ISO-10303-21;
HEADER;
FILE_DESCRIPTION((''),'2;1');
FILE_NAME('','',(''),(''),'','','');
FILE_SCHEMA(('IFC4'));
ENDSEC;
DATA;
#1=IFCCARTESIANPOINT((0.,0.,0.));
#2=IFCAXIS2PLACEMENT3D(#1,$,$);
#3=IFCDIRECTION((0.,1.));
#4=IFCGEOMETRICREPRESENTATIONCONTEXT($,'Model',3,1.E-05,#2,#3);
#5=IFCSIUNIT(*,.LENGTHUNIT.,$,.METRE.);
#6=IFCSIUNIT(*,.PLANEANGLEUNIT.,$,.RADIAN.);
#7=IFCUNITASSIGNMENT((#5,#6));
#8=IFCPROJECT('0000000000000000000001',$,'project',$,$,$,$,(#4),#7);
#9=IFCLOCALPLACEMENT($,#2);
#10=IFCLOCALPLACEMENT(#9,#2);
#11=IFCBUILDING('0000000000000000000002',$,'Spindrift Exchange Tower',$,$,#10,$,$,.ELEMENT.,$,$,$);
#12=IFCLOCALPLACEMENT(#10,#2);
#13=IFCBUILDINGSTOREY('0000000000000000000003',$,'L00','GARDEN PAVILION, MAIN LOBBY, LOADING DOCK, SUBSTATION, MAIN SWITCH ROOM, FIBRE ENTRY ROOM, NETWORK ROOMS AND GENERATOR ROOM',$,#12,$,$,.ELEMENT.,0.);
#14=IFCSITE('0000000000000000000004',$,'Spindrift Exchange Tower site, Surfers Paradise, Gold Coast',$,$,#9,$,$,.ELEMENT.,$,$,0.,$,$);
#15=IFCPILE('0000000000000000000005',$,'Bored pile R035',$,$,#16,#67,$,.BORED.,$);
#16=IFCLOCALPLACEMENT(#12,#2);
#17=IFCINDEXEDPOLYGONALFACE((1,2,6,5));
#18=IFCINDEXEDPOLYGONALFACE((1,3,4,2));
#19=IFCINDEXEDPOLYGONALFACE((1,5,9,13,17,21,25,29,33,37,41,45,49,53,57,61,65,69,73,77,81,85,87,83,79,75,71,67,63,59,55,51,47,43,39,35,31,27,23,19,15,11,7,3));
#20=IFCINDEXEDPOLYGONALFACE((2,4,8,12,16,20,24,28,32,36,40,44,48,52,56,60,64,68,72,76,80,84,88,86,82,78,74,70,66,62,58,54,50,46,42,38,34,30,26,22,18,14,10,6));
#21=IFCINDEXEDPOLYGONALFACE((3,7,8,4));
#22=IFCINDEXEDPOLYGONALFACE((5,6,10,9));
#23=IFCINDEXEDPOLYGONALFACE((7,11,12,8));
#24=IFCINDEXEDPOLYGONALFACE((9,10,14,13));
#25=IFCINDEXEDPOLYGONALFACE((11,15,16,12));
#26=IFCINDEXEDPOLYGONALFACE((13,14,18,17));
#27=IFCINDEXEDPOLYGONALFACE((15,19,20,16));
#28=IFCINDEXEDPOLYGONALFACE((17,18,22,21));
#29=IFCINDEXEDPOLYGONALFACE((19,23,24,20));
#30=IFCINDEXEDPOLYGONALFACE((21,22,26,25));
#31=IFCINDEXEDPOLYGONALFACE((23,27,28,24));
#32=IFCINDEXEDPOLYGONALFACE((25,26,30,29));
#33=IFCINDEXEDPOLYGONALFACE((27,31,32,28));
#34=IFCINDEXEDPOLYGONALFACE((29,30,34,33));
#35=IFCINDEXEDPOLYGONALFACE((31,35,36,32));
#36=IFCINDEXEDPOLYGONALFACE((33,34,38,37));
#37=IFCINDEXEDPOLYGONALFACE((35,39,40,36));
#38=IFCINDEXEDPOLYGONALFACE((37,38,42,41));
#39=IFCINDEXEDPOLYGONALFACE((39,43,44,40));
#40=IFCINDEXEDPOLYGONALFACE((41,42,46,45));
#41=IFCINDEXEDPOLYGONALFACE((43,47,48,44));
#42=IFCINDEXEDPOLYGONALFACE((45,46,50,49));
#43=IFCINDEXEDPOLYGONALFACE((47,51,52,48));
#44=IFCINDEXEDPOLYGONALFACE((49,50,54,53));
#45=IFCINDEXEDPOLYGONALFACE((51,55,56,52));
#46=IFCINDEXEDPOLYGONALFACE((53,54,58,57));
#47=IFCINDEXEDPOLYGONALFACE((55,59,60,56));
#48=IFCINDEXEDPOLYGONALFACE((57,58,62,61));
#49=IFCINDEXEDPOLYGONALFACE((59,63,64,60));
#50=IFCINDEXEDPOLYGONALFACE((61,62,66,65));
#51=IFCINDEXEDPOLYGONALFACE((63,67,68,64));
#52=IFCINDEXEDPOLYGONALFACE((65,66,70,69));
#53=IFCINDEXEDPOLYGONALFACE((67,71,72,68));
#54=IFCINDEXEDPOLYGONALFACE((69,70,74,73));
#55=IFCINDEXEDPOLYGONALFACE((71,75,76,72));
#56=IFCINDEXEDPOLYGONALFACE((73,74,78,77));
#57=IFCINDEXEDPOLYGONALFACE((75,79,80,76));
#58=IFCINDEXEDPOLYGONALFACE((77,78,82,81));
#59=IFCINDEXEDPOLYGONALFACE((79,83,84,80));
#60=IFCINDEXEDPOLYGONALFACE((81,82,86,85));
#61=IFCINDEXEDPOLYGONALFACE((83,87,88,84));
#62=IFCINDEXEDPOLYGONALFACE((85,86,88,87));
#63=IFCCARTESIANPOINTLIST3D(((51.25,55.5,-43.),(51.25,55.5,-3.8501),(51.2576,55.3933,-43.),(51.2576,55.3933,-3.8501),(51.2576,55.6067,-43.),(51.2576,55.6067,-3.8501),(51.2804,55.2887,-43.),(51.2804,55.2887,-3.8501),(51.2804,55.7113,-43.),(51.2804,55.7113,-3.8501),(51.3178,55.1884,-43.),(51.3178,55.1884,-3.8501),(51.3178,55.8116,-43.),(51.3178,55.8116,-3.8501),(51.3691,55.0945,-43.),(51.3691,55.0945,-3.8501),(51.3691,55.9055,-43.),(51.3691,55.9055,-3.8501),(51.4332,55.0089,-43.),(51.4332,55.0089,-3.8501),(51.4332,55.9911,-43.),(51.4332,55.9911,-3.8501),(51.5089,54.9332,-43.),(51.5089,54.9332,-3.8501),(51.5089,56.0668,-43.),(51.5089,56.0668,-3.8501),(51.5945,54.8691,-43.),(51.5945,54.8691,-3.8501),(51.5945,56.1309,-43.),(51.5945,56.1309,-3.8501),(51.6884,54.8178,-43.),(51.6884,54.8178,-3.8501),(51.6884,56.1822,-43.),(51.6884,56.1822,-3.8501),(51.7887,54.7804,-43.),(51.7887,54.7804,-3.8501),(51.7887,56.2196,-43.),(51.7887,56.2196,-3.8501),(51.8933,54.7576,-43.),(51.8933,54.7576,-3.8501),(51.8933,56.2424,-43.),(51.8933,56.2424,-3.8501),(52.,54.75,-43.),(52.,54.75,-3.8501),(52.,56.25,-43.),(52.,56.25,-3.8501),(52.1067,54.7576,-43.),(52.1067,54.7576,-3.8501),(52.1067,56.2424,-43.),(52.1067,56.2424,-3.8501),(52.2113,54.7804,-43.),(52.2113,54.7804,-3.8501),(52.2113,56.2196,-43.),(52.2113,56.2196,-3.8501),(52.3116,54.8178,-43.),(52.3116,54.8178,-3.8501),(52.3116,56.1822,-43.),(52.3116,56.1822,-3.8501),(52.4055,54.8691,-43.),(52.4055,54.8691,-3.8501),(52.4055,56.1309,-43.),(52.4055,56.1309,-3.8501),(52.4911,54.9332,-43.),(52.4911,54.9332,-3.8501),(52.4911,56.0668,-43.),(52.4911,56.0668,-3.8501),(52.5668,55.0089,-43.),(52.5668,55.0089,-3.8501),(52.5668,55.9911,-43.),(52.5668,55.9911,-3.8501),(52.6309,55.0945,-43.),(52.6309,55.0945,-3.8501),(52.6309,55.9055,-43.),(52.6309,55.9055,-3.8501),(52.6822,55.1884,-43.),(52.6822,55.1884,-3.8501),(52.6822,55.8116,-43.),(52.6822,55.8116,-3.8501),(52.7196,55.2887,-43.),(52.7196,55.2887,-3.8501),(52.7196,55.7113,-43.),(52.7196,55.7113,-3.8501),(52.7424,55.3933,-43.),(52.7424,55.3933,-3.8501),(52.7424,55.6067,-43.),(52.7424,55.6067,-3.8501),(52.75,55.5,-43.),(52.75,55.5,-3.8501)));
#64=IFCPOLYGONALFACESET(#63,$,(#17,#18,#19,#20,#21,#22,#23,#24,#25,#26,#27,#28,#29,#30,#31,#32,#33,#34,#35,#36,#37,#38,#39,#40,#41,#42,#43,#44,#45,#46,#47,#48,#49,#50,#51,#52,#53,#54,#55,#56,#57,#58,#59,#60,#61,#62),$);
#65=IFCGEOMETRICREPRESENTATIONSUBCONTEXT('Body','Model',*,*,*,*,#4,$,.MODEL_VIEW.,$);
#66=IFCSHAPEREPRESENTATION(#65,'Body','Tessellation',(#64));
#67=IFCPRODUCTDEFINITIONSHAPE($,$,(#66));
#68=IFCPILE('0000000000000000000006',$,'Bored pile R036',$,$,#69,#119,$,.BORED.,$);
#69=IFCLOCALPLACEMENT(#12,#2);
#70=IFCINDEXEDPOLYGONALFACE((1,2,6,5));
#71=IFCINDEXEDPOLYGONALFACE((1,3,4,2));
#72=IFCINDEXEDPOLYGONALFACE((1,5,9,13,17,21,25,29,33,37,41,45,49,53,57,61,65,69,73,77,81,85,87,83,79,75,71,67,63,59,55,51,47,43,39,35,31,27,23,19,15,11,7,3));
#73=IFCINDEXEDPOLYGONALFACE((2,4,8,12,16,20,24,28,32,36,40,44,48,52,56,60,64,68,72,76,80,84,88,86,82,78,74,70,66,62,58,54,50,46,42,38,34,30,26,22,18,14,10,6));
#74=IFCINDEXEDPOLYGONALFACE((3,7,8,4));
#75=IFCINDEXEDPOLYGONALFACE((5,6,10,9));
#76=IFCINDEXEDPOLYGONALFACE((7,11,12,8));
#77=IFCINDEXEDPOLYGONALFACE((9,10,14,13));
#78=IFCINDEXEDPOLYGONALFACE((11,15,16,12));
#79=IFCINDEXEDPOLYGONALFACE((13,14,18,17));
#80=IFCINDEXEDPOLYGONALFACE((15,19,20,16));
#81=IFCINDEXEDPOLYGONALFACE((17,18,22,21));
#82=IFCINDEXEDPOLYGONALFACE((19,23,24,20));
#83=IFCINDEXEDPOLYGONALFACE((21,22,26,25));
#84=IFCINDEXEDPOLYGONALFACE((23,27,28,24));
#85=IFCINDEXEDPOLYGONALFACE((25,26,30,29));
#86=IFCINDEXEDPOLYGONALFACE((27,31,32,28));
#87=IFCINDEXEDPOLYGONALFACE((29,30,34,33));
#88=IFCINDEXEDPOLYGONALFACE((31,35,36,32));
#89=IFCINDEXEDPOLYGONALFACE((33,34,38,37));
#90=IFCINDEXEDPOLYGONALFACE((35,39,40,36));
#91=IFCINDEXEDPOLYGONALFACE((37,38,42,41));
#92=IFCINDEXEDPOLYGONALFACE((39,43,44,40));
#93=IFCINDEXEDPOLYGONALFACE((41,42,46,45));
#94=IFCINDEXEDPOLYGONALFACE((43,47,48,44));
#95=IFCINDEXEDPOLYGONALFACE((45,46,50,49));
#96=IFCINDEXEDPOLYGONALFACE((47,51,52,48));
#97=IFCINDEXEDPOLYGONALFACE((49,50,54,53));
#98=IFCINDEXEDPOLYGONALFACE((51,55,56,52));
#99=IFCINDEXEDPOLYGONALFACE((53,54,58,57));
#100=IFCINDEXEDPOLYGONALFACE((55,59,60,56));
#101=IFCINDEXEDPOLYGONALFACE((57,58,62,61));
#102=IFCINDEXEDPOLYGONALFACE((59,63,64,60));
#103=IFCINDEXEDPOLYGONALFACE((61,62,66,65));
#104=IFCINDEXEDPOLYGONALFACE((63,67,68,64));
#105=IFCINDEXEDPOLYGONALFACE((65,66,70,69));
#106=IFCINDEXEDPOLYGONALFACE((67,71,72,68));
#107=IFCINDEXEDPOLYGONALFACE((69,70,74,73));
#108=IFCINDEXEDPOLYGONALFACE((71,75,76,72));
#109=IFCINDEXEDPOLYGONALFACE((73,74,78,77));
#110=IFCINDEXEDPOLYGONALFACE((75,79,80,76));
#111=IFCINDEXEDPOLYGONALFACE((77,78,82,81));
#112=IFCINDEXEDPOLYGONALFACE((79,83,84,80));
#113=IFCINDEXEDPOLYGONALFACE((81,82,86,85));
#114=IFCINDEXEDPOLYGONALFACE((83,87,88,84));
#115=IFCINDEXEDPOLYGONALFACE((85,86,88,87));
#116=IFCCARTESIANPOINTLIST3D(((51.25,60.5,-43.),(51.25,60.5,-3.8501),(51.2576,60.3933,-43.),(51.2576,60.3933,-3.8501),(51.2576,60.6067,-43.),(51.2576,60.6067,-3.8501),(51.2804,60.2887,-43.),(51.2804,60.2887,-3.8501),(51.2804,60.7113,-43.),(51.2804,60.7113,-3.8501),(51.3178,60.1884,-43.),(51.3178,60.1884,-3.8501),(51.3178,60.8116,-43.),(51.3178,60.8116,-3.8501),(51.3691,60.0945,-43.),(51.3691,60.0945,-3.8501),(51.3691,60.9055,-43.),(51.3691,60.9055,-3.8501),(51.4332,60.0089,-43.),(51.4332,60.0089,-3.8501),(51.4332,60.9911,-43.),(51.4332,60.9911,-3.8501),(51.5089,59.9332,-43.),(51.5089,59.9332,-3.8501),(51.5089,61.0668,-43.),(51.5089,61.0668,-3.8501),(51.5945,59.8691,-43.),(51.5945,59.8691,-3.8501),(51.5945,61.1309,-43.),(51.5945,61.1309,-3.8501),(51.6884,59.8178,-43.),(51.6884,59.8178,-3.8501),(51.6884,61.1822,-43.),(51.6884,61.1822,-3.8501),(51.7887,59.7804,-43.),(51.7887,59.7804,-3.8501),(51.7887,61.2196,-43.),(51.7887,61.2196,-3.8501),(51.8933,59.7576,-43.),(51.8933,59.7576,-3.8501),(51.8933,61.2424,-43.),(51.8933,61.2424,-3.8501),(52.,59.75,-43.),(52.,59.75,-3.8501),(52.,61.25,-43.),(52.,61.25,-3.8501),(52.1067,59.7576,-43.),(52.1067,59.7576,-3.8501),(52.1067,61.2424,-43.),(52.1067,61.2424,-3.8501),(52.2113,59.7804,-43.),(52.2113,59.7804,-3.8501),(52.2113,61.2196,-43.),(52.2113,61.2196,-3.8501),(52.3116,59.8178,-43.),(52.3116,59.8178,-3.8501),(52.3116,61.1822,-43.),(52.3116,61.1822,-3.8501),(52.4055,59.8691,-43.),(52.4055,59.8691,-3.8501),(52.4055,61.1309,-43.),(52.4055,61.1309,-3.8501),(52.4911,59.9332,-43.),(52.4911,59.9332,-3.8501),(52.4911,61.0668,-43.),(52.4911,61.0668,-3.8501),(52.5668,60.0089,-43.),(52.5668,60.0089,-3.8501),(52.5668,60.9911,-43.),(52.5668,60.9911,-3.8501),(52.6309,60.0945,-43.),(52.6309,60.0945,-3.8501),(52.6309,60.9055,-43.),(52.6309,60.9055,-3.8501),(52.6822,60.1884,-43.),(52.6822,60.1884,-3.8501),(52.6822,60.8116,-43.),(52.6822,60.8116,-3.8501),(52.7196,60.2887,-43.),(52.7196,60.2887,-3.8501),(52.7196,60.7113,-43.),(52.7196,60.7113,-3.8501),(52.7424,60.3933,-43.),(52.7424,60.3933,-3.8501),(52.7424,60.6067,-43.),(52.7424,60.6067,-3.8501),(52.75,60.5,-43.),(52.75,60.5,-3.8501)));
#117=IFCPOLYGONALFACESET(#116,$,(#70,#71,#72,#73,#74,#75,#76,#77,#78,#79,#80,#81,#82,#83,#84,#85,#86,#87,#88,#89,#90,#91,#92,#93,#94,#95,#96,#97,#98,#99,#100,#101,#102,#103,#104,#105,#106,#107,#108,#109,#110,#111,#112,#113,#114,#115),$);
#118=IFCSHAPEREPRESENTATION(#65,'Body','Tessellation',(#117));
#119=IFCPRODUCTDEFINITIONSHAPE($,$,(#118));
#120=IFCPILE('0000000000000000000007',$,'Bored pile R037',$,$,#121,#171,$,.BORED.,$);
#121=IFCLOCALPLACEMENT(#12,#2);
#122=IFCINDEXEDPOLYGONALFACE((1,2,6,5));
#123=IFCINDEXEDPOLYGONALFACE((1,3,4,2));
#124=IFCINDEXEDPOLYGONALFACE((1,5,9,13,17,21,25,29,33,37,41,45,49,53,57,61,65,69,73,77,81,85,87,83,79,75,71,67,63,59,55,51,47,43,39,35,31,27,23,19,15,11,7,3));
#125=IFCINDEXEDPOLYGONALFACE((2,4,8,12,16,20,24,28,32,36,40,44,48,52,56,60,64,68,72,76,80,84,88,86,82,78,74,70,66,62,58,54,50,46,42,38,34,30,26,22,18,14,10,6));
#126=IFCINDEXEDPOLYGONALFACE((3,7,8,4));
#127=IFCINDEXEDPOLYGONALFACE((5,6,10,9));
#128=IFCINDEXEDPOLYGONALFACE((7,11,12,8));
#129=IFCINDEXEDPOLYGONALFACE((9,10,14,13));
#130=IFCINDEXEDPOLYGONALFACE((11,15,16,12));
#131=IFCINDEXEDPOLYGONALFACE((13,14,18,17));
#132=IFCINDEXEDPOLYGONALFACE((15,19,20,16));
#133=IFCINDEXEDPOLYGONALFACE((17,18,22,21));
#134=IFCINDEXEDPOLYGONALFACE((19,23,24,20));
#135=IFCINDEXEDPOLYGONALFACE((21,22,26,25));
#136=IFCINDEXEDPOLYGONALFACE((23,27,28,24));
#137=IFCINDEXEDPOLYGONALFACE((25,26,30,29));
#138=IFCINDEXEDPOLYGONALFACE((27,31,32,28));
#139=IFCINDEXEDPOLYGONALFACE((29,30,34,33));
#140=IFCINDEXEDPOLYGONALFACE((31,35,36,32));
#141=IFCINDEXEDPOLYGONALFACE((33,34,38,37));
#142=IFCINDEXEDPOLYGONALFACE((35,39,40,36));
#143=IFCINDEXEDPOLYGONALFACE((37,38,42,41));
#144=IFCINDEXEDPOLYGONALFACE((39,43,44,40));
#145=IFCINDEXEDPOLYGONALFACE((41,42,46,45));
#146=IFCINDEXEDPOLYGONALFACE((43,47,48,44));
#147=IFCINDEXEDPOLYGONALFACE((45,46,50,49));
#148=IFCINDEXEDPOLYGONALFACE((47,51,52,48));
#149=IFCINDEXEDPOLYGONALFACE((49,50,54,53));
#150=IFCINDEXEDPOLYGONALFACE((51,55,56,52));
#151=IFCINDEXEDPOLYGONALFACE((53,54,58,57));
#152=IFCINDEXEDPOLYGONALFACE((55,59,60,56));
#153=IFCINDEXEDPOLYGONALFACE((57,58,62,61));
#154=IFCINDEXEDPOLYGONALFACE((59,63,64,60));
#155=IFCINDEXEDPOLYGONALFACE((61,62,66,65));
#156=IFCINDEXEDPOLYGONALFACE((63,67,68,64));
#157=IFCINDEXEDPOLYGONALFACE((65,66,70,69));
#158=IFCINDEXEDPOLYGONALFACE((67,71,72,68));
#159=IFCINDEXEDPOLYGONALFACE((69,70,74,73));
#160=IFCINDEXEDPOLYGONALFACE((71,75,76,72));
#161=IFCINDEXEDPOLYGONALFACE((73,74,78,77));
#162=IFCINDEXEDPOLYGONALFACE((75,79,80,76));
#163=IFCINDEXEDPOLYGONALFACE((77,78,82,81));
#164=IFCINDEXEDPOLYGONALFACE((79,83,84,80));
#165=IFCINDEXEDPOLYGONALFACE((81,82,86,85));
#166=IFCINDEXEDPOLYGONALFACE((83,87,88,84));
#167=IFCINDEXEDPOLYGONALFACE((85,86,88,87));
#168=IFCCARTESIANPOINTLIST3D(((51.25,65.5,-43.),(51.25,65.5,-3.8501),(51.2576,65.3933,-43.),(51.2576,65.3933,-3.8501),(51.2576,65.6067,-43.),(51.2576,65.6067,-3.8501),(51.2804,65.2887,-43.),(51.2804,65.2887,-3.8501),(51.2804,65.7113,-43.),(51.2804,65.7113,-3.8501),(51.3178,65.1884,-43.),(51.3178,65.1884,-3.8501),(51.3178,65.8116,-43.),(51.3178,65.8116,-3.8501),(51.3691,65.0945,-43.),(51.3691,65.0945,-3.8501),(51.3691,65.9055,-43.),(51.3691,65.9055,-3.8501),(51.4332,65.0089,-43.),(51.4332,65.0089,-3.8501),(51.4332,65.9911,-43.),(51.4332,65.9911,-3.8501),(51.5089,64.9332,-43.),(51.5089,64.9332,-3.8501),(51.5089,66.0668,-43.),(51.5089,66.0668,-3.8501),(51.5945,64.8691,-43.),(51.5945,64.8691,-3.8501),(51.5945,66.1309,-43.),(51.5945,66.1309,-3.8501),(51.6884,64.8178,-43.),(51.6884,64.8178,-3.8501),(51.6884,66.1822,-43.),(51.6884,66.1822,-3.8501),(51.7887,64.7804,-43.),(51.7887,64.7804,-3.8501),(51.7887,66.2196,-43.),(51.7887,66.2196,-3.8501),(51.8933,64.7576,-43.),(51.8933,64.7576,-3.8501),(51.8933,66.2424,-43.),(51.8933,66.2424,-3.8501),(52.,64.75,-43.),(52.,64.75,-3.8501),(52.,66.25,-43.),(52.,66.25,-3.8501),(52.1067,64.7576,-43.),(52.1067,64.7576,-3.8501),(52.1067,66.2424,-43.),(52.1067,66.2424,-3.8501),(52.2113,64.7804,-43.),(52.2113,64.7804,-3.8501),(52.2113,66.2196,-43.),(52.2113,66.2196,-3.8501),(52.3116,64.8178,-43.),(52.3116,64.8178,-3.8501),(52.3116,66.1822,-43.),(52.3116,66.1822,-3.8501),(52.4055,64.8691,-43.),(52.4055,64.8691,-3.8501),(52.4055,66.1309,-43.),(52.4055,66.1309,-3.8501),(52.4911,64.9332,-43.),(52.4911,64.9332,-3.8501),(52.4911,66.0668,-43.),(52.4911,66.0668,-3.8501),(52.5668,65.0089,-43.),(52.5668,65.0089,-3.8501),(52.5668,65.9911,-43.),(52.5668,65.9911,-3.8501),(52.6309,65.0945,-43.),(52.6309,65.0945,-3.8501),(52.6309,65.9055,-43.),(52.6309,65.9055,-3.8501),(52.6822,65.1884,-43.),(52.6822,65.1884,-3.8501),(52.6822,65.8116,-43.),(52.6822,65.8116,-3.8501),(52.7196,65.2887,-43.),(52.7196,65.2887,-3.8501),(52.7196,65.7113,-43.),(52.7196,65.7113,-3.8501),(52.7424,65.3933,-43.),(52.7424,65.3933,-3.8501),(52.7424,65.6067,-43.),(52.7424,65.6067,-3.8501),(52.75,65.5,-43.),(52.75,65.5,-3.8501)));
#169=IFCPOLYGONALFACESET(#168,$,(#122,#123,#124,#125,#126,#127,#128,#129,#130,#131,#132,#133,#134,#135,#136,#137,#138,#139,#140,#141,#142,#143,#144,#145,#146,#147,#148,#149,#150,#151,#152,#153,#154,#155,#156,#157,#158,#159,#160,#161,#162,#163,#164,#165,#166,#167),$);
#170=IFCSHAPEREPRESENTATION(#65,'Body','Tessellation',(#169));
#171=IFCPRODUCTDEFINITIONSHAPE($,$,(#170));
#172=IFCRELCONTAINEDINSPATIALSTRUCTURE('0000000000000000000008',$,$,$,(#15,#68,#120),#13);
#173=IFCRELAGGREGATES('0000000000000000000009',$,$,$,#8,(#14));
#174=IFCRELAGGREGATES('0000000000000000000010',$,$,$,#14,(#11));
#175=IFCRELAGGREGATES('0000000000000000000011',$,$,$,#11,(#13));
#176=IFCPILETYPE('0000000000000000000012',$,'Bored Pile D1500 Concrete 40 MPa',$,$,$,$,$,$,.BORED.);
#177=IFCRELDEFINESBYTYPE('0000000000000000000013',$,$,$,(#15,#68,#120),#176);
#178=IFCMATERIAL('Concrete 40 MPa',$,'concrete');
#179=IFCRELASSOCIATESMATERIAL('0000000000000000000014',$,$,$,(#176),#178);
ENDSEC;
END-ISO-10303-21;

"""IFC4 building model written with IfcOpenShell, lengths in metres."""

from ifc_helpers import new_model, si_unit, direction, frame, origin, origin_2d, place, context, subcontext, project, spatial, circle, extrude, source, transform, mapped, material, material_profile, profile_set, type_object, element, save


model = new_model("IFC4")

# Units and contexts
model_context = context("Model", 3, precision=1e-05, world=origin(), true_north=direction((0.0, 1.0)))
body_context = subcontext(model_context, "Body", "Model", "MODEL_VIEW")
ifc_project = project(units=[si_unit("LENGTHUNIT", "METRE"), si_unit("PLANEANGLEUNIT", "RADIAN")], contexts=[model_context])

# Site, building, storey
site_placement = place(None, origin())
site = spatial("IfcSite", under=ifc_project, at=site_placement, Name="Spindrift Exchange Tower site, Surfers Paradise, Gold Coast", CompositionType="ELEMENT", RefElevation=0.0)
building_placement = place(site_placement, origin())
building = spatial("IfcBuilding", under=site, at=building_placement, Name="Spindrift Exchange Tower", CompositionType="ELEMENT")
storey_placement = place(building_placement, origin())
storey = spatial("IfcBuildingStorey", under=building, at=storey_placement, Name="L00", Description="GARDEN PAVILION, MAIN LOBBY, LOADING DOCK, SUBSTATION, MAIN SWITCH ROOM, FIBRE ENTRY ROOM, NETWORK ROOMS AND GENERATOR ROOM", CompositionType="ELEMENT", Elevation=0.0)

# Piles
ifc_material_1 = material(Name="Concrete 40 MPa", Category="concrete")
ifc_material_profile_1 = material_profile(ifc_material_1, circle(Radius=0.75, at=origin_2d()), Name="BP D1500")
ifc_profile_set_1 = profile_set([ifc_material_profile_1], Name="Concrete 40 MPa")
pile_type_1 = type_object("IfcPileType", Name="Bored Pile D1500 Concrete 40 MPa", PredefinedType="BORED", material=ifc_profile_set_1)
shared_shape_1 = source(origin(), body_context, "Body", "SweptSolid", [
    extrude(circle(Radius=0.75, at=origin_2d()), origin(), (0.0, 0.0, 1.0), 39.1499),
])
for number, where, z_axis, x_axis, name in (
    (1, (52.0, 55.5, -3.8501), (0.0, 0.0, -1.0), (1.0, 0.0, 0.0), "Bored pile R035"),
    (2, (52.0, 60.5, -3.8501), (0.0, 0.0, -1.0), (1.0, 0.0, 0.0), "Bored pile R036"),
    (3, (52.0, 65.5, -3.8501), (0.0, 0.0, -1.0), (1.0, 0.0, 0.0), "Bored pile R037"),
):
    element("IfcPile", number, at=place(storey_placement, frame(where, z_axis=z_axis, x_axis=x_axis)), inside=storey, type_object=pile_type_1, Name=name, PredefinedType="BORED", context=body_context, shape_type="MappedRepresentation", body=[
        mapped(shared_shape_1, transform((0.0, 0.0, 0.0), scale=1.0)),
    ])

save(model, "model.ifc")
